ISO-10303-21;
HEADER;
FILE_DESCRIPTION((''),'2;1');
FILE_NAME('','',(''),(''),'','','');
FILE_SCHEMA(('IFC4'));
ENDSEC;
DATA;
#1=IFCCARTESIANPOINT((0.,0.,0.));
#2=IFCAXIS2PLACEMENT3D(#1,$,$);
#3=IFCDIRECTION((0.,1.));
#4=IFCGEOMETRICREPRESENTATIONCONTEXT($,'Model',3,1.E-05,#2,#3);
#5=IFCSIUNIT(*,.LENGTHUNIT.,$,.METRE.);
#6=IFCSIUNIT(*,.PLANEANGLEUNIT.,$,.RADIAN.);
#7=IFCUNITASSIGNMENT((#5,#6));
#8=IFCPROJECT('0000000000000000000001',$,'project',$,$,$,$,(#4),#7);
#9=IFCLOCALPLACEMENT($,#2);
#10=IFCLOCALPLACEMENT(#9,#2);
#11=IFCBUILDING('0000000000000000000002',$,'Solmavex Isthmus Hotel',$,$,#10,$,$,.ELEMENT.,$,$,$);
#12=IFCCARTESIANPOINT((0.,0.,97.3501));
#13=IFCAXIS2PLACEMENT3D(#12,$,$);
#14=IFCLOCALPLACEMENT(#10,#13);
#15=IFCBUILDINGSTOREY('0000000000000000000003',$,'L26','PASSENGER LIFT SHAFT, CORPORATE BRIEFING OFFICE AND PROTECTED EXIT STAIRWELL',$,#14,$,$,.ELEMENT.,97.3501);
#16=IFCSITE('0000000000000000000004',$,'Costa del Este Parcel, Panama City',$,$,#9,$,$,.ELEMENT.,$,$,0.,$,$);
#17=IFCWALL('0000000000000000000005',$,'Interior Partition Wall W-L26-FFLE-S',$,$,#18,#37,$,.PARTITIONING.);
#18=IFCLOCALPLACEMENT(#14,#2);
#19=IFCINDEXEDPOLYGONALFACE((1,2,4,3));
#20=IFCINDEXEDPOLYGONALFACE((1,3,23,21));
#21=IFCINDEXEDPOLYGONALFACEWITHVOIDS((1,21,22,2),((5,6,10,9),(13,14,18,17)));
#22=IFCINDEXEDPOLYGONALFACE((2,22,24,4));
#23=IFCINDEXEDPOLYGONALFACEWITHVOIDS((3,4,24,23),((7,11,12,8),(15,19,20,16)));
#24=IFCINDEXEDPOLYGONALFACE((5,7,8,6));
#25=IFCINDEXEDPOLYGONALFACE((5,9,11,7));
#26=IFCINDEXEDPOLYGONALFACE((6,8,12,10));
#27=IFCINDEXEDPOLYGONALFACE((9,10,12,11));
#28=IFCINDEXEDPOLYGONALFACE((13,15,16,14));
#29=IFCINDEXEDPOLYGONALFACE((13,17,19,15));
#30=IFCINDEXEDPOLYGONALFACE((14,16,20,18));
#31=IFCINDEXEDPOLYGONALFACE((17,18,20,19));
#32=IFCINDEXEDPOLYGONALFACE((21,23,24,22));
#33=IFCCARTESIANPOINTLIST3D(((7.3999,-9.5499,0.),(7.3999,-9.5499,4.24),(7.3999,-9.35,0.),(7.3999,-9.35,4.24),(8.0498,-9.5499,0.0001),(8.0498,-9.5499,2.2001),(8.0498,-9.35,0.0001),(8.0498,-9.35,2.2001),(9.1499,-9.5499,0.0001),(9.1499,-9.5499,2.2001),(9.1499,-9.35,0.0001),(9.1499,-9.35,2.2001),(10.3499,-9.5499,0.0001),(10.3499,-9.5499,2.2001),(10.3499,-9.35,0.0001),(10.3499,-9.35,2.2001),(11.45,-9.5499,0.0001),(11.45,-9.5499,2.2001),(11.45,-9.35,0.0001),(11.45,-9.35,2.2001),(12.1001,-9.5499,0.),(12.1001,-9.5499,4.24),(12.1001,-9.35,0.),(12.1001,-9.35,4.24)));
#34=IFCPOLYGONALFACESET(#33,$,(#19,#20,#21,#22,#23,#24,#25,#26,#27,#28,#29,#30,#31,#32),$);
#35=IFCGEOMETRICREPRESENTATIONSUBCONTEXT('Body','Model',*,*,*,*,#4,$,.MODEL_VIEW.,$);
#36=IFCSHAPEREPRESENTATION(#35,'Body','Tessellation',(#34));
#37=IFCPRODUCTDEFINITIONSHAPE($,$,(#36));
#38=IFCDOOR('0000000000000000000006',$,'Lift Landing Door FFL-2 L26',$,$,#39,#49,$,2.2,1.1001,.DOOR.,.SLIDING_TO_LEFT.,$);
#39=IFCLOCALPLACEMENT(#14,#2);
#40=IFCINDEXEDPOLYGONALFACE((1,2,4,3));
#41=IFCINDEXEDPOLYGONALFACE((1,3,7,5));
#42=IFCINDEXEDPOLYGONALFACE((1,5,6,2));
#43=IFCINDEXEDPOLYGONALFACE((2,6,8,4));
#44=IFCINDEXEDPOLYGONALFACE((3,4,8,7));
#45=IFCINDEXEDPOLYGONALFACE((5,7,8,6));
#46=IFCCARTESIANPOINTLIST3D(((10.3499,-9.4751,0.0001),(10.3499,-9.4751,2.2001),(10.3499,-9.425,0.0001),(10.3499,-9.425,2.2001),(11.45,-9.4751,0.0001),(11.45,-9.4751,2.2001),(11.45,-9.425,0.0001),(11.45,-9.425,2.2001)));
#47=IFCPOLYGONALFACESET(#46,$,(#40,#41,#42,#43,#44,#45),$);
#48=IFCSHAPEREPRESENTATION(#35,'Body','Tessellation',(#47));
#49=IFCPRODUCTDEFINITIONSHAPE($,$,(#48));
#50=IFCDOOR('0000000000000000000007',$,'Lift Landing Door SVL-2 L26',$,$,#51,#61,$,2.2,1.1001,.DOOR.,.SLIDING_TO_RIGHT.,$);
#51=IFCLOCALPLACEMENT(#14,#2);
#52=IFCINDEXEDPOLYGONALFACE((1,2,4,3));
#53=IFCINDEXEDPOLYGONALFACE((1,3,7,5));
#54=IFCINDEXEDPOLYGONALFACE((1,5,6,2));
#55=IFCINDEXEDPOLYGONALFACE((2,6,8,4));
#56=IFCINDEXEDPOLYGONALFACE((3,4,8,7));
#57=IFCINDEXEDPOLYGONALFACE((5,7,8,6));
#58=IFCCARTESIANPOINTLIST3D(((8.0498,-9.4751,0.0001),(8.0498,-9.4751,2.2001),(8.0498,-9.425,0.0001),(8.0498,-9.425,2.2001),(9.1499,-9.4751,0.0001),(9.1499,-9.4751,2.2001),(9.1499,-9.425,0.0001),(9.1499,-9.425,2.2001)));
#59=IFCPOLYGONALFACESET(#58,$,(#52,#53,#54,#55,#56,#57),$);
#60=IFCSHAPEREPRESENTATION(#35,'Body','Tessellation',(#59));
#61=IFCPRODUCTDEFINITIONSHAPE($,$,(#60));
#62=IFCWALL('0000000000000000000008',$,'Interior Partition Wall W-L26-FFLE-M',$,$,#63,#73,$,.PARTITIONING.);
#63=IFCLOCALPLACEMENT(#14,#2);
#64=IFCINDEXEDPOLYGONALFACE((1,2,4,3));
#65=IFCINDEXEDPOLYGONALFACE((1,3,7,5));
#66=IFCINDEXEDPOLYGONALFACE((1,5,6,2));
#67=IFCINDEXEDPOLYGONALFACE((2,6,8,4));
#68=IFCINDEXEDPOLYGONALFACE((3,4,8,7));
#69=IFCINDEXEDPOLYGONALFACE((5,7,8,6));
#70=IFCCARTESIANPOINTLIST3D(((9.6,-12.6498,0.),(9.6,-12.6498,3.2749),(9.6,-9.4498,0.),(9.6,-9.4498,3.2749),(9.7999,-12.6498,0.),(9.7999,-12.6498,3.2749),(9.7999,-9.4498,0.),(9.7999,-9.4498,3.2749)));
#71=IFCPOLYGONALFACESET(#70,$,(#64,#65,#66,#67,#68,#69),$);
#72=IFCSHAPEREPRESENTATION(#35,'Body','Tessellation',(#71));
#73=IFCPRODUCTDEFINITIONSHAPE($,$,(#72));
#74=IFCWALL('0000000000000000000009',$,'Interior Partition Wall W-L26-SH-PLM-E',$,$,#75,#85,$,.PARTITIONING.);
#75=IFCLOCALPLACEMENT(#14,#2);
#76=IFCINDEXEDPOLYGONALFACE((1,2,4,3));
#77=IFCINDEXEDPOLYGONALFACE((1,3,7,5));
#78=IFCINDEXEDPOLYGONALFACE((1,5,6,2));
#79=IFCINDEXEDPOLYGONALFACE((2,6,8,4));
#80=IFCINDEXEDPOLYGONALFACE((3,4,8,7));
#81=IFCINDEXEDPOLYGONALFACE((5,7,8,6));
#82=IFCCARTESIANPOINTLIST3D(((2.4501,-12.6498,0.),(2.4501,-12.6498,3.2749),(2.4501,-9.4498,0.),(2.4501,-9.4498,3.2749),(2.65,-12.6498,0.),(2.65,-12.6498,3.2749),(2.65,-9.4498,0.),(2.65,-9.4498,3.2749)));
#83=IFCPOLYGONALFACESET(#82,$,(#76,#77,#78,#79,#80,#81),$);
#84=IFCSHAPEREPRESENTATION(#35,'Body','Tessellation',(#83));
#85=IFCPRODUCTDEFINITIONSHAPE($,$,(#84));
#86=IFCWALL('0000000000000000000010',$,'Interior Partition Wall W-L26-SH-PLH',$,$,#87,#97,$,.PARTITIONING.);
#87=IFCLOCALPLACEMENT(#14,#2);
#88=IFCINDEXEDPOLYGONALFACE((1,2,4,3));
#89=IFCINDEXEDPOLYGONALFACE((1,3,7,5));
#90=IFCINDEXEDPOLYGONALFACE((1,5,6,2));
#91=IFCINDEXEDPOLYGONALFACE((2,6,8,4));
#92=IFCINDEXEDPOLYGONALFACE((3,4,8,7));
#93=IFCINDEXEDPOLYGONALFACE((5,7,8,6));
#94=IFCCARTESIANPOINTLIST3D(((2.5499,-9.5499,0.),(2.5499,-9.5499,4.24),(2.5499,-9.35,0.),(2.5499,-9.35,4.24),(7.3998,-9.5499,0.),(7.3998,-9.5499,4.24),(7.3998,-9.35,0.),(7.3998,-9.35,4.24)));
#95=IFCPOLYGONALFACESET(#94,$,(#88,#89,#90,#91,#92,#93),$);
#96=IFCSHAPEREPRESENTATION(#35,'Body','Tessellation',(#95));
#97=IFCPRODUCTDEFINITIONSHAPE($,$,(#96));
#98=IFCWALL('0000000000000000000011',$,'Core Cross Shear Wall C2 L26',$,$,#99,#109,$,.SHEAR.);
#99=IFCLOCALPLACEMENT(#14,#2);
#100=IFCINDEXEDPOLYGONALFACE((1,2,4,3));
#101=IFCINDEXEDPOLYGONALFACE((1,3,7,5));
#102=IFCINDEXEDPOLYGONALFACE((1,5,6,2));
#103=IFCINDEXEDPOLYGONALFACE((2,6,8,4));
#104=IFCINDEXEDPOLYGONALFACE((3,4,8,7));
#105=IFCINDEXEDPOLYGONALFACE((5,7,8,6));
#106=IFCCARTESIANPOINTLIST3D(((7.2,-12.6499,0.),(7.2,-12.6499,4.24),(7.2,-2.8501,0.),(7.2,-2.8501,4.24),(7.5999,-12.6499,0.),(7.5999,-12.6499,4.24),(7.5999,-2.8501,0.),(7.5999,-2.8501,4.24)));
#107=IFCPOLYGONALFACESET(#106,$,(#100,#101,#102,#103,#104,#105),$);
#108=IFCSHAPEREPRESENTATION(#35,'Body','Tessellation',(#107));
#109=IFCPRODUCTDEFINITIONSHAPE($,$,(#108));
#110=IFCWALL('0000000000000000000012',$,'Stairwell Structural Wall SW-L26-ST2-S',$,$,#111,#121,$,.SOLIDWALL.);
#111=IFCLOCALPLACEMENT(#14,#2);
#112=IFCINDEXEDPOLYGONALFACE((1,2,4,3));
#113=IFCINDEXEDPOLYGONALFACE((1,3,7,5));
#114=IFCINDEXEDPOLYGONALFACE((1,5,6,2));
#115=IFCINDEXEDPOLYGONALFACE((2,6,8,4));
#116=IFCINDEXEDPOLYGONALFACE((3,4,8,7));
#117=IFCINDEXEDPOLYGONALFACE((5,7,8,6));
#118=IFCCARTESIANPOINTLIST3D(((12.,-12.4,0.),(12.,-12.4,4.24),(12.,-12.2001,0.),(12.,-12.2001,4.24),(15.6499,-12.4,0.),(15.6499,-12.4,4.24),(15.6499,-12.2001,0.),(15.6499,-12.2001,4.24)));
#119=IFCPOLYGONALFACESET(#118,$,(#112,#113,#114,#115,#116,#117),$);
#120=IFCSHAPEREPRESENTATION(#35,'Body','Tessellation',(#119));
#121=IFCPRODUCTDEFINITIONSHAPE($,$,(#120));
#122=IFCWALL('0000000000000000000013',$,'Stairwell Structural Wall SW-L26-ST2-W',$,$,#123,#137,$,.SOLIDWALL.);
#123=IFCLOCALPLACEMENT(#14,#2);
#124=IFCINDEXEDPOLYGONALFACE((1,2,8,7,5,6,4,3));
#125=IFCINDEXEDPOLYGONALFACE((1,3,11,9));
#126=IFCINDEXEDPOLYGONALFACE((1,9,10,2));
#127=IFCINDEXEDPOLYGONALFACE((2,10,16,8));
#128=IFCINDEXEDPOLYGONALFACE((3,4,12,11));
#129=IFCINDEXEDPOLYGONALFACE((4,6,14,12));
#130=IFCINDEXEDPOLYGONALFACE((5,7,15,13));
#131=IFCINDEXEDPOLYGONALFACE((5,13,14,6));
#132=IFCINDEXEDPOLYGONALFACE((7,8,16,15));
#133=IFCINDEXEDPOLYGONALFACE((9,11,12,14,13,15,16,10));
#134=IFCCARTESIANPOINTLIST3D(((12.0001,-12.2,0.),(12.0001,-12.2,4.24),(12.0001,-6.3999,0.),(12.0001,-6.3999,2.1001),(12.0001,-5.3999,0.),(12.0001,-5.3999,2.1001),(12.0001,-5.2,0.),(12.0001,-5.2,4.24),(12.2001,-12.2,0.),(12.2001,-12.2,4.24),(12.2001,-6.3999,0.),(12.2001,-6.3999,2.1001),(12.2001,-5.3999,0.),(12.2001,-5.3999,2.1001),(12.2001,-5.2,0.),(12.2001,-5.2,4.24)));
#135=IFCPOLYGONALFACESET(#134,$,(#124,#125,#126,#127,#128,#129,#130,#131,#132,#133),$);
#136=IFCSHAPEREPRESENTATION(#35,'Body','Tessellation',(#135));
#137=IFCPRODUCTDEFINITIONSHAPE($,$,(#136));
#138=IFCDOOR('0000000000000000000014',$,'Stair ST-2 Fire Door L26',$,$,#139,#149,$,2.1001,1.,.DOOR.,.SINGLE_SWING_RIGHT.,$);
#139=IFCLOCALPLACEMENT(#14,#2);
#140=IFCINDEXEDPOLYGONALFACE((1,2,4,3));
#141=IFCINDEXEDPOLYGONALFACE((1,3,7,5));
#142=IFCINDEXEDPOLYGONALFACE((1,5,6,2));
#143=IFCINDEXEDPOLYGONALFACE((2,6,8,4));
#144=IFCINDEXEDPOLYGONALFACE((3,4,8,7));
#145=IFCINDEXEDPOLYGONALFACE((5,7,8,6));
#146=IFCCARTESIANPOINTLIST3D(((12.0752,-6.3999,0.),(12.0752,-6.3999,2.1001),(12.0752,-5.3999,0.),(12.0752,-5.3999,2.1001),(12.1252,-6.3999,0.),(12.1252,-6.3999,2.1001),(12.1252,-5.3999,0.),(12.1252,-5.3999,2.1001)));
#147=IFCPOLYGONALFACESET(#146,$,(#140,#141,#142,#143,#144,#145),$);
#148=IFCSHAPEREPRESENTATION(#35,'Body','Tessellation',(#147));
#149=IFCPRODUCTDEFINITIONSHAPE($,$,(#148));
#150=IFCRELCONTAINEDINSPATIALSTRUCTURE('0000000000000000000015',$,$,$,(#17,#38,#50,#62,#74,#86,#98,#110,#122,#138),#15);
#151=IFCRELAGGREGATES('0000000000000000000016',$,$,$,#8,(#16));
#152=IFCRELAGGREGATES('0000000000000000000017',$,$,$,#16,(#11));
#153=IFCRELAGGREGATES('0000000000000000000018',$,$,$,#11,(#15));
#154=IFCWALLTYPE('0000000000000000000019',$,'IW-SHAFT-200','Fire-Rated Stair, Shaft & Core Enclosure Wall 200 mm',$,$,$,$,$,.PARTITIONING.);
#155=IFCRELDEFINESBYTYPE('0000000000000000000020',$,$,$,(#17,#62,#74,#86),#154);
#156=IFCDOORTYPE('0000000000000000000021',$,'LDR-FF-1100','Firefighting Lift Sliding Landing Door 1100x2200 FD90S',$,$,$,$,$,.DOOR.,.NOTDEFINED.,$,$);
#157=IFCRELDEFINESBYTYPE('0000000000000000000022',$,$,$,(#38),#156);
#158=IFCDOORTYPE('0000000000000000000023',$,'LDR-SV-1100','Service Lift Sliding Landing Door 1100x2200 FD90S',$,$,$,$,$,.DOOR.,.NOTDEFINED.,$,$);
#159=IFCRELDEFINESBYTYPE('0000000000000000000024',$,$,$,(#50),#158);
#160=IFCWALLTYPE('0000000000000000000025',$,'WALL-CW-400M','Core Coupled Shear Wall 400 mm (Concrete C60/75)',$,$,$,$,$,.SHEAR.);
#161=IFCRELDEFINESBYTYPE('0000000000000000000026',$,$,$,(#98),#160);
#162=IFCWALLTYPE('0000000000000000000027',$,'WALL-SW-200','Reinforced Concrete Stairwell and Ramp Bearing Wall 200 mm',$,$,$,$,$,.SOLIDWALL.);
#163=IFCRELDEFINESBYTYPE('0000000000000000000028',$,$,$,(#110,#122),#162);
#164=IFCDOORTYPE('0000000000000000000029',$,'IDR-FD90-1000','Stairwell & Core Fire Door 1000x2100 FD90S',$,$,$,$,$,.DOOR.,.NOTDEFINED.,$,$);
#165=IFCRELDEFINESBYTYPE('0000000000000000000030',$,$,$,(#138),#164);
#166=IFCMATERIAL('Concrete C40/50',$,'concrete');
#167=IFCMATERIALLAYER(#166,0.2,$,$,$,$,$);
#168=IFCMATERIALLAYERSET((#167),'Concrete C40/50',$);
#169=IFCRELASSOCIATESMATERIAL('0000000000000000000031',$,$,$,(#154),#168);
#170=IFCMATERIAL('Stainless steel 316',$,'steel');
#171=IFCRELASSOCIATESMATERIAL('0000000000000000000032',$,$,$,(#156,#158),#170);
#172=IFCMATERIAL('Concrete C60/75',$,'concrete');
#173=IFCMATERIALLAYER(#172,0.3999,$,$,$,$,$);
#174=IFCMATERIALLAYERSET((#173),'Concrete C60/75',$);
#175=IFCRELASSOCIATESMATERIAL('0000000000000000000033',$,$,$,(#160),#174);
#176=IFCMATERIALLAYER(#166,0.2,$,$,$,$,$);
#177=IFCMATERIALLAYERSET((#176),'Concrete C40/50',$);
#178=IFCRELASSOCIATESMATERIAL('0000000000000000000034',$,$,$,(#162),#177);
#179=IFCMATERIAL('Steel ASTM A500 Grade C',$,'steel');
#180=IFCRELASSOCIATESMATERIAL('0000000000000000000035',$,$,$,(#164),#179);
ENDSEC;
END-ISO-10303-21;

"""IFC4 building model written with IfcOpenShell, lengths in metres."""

from ifc_helpers import new_model, si_unit, direction, frame, frame_2d, origin, place, context, subcontext, project, spatial, rectangle, extrude, material, layer, layer_set, type_object, element, fill, save


model = new_model("IFC4")

# Units and contexts
model_context = context("Model", 3, precision=1e-05, world=origin(), true_north=direction((0.0, 1.0)))
body_context = subcontext(model_context, "Body", "Model", "MODEL_VIEW")
ifc_project = project(units=[si_unit("LENGTHUNIT", "METRE"), si_unit("PLANEANGLEUNIT", "RADIAN")], contexts=[model_context])

# Site, building, storey
site_placement = place(None, origin())
site = spatial("IfcSite", under=ifc_project, at=site_placement, Name="Costa del Este Parcel, Panama City", CompositionType="ELEMENT", RefElevation=0.0)
building_placement = place(site_placement, origin())
building = spatial("IfcBuilding", under=site, at=building_placement, Name="Solmavex Isthmus Hotel", CompositionType="ELEMENT")
storey_placement = place(building_placement, frame((0.0, 0.0, 97.3501)))
storey = spatial("IfcBuildingStorey", under=building, at=storey_placement, Name="L26", Description="PASSENGER LIFT SHAFT, CORPORATE BRIEFING OFFICE AND PROTECTED EXIT STAIRWELL", CompositionType="ELEMENT", Elevation=97.3501)

# Shared definitions
ifc_material_1 = material(Name="Concrete C60/75", Category="concrete")

# Shared definitions
ifc_material_2 = material(Name="Steel ASTM A500 Grade C", Category="steel")

# Shared definitions
ifc_material_3 = material(Name="Concrete C40/50", Category="concrete")

# Wall, openings, doors
ifc_layer_1 = layer(ifc_material_3, 0.2)
ifc_layer_set_1 = layer_set([ifc_layer_1], Name="Concrete C40/50")
wall_type_1 = type_object("IfcWallType", Name="IW-SHAFT-200", Description="Fire-Rated Stair, Shaft & Core Enclosure Wall 200 mm", PredefinedType="PARTITIONING", material=ifc_layer_set_1)
wall_1_placement = place(storey_placement, frame((7.3999, -9.45, 0.0), z_axis=(0.0, 0.0, 1.0), x_axis=(1.0, 0.0, 0.0)))
wall_1 = element("IfcWall", 1, at=wall_1_placement, inside=storey, type_object=wall_type_1, Name="Interior Partition Wall W-L26-FFLE-S", PredefinedType="PARTITIONING", context=body_context, shape_type="SweptSolid", body=[
    extrude(rectangle(XDim=4.7002, YDim=0.2, at=frame_2d((2.3501, 0.0))), origin(), (0.0, 0.0, 1.0), 4.24),
])
opening_1_placement = place(wall_1_placement, frame((2.95, 0.0, 0.0)))
opening_1 = element("IfcOpeningElement", 2, at=opening_1_placement, cuts=wall_1, PredefinedType="OPENING", context=body_context, shape_type="SweptSolid", body=[
    extrude(rectangle(XDim=1.1001, YDim=2.2, at=frame_2d((0.55, 1.1001))), frame((0.0, 0.1099, 0.0), z_axis=(0.0, -1.0, 0.0), x_axis=(1.0, 0.0, 0.0)), (0.0, 0.0, 1.0), 0.22),
])
opening_2_placement = place(wall_1_placement, frame((0.6499, 0.0, 0.0)))
opening_2 = element("IfcOpeningElement", 3, at=opening_2_placement, cuts=wall_1, PredefinedType="OPENING", context=body_context, shape_type="SweptSolid", body=[
    extrude(rectangle(XDim=1.1001, YDim=2.2, at=frame_2d((0.55, 1.1001))), frame((0.0, 0.1099, 0.0), z_axis=(0.0, -1.0, 0.0), x_axis=(1.0, 0.0, 0.0)), (0.0, 0.0, 1.0), 0.22),
])
ifc_material_4 = material(Name="Stainless steel 316", Category="steel")
door_type_1 = type_object("IfcDoorType", Name="LDR-FF-1100", Description="Firefighting Lift Sliding Landing Door 1100x2200 FD90S", OperationType="NOTDEFINED", PredefinedType="DOOR", material=ifc_material_4)
door_1_placement = place(opening_1_placement, origin())
door_1 = element("IfcDoor", 4, at=door_1_placement, inside=storey, type_object=door_type_1, Name="Lift Landing Door FFL-2 L26", OperationType="SLIDING_TO_LEFT", OverallHeight=2.2, OverallWidth=1.1001, PredefinedType="DOOR", context=body_context, shape_type="SweptSolid", body=[
    extrude(rectangle(XDim=1.1001, YDim=2.2, at=frame_2d((0.55, 1.1001))), frame((0.0, 0.0249, 0.0), z_axis=(0.0, -1.0, 0.0), x_axis=(1.0, 0.0, 0.0)), (0.0, 0.0, 1.0), 0.05),
])
fill(opening_1, door_1)
door_type_2 = type_object("IfcDoorType", Name="LDR-SV-1100", Description="Service Lift Sliding Landing Door 1100x2200 FD90S", OperationType="NOTDEFINED", PredefinedType="DOOR", material=ifc_material_4)
door_2_placement = place(opening_2_placement, origin())
door_2 = element("IfcDoor", 5, at=door_2_placement, inside=storey, type_object=door_type_2, Name="Lift Landing Door SVL-2 L26", OperationType="SLIDING_TO_RIGHT", OverallHeight=2.2, OverallWidth=1.1001, PredefinedType="DOOR", context=body_context, shape_type="SweptSolid", body=[
    extrude(rectangle(XDim=1.1001, YDim=2.2, at=frame_2d((0.55, 1.1001))), frame((0.0, 0.0249, 0.0), z_axis=(0.0, -1.0, 0.0), x_axis=(1.0, 0.0, 0.0)), (0.0, 0.0, 1.0), 0.05),
])
fill(opening_2, door_2)

# Walls
for number, where, z_axis, x_axis, name in (
    (6, (9.7, -12.6499, 0.0), (0.0, 0.0, 1.0), (0.0, 1.0, 0.0), "Interior Partition Wall W-L26-FFLE-M"),
    (7, (2.55, -12.6499, 0.0), (0.0, 0.0, 1.0), (0.0, 1.0, 0.0), "Interior Partition Wall W-L26-SH-PLM-E"),
):
    element("IfcWall", number, at=place(storey_placement, frame(where, z_axis=z_axis, x_axis=x_axis)), inside=storey, type_object=wall_type_1, Name=name, PredefinedType="PARTITIONING", context=body_context, shape_type="SweptSolid", body=[
        extrude(rectangle(XDim=3.2, YDim=0.2, at=frame_2d((1.6001, 0.0))), origin(), (0.0, 0.0, 1.0), 3.2749),
    ])
wall_2_placement = place(storey_placement, frame((2.55, -9.45, 0.0), z_axis=(0.0, 0.0, 1.0), x_axis=(1.0, 0.0, 0.0)))
element("IfcWall", 8, at=wall_2_placement, inside=storey, type_object=wall_type_1, Name="Interior Partition Wall W-L26-SH-PLH", PredefinedType="PARTITIONING", context=body_context, shape_type="SweptSolid", body=[
    extrude(rectangle(XDim=4.8499, YDim=0.2, at=frame_2d((2.4248, 0.0))), origin(), (0.0, 0.0, 1.0), 4.24),
])
ifc_layer_2 = layer(ifc_material_1, 0.3999)
ifc_layer_set_2 = layer_set([ifc_layer_2], Name="Concrete C60/75")
wall_type_2 = type_object("IfcWallType", Name="WALL-CW-400M", Description="Core Coupled Shear Wall 400 mm (Concrete C60/75)", PredefinedType="SHEAR", material=ifc_layer_set_2)
wall_3_placement = place(storey_placement, frame((7.3999, -12.6499, 0.0), z_axis=(0.0, 0.0, 1.0), x_axis=(0.0, 1.0, 0.0)))
element("IfcWall", 9, at=wall_3_placement, inside=storey, type_object=wall_type_2, Name="Core Cross Shear Wall C2 L26", PredefinedType="SHEAR", context=body_context, shape_type="SweptSolid", body=[
    extrude(rectangle(XDim=9.7998, YDim=0.3999, at=frame_2d((4.8999, 0.0))), origin(), (0.0, 0.0, 1.0), 4.24),
])
ifc_layer_3 = layer(ifc_material_3, 0.2)
ifc_layer_set_3 = layer_set([ifc_layer_3], Name="Concrete C40/50")
wall_type_3 = type_object("IfcWallType", Name="WALL-SW-200", Description="Reinforced Concrete Stairwell and Ramp Bearing Wall 200 mm", PredefinedType="SOLIDWALL", material=ifc_layer_set_3)
wall_4_placement = place(storey_placement, frame((12.0, -12.3, 0.0), z_axis=(0.0, 0.0, 1.0), x_axis=(1.0, 0.0, 0.0)))
element("IfcWall", 10, at=wall_4_placement, inside=storey, type_object=wall_type_3, Name="Stairwell Structural Wall SW-L26-ST2-S", PredefinedType="SOLIDWALL", context=body_context, shape_type="SweptSolid", body=[
    extrude(rectangle(XDim=3.6499, YDim=0.2, at=frame_2d((1.825, 0.0))), origin(), (0.0, 0.0, 1.0), 4.24),
])

# Wall, opening, door
wall_5_placement = place(storey_placement, frame((12.1001, -12.2, 0.0), z_axis=(0.0, 0.0, 1.0), x_axis=(0.0, 1.0, 0.0)))
wall_5 = element("IfcWall", 11, at=wall_5_placement, inside=storey, type_object=wall_type_3, Name="Stairwell Structural Wall SW-L26-ST2-W", PredefinedType="SOLIDWALL", context=body_context, shape_type="SweptSolid", body=[
    extrude(rectangle(XDim=7.0, YDim=0.2, at=frame_2d((3.5, 0.0))), origin(), (0.0, 0.0, 1.0), 4.24),
])
opening_3_placement = place(wall_5_placement, frame((5.8, 0.0, 0.0)))
opening_3 = element("IfcOpeningElement", 12, at=opening_3_placement, cuts=wall_5, PredefinedType="OPENING", context=body_context, shape_type="SweptSolid", body=[
    extrude(rectangle(XDim=1.0, YDim=2.1001, at=frame_2d((0.5, 1.05))), frame((0.0, 0.1099, 0.0), z_axis=(0.0, -1.0, 0.0), x_axis=(1.0, 0.0, 0.0)), (0.0, 0.0, 1.0), 0.22),
])
door_type_3 = type_object("IfcDoorType", Name="IDR-FD90-1000", Description="Stairwell & Core Fire Door 1000x2100 FD90S", OperationType="NOTDEFINED", PredefinedType="DOOR", material=ifc_material_2)
door_3_placement = place(opening_3_placement, origin())
door_3 = element("IfcDoor", 13, at=door_3_placement, inside=storey, type_object=door_type_3, Name="Stair ST-2 Fire Door L26", OperationType="SINGLE_SWING_RIGHT", OverallHeight=2.1001, OverallWidth=1.0, PredefinedType="DOOR", context=body_context, shape_type="SweptSolid", body=[
    extrude(rectangle(XDim=1.0, YDim=2.1001, at=frame_2d((0.5, 1.05))), frame((0.0, 0.0249, 0.0), z_axis=(0.0, -1.0, 0.0), x_axis=(1.0, 0.0, 0.0)), (0.0, 0.0, 1.0), 0.05),
])
fill(opening_3, door_3)

save(model, "model.ifc")
